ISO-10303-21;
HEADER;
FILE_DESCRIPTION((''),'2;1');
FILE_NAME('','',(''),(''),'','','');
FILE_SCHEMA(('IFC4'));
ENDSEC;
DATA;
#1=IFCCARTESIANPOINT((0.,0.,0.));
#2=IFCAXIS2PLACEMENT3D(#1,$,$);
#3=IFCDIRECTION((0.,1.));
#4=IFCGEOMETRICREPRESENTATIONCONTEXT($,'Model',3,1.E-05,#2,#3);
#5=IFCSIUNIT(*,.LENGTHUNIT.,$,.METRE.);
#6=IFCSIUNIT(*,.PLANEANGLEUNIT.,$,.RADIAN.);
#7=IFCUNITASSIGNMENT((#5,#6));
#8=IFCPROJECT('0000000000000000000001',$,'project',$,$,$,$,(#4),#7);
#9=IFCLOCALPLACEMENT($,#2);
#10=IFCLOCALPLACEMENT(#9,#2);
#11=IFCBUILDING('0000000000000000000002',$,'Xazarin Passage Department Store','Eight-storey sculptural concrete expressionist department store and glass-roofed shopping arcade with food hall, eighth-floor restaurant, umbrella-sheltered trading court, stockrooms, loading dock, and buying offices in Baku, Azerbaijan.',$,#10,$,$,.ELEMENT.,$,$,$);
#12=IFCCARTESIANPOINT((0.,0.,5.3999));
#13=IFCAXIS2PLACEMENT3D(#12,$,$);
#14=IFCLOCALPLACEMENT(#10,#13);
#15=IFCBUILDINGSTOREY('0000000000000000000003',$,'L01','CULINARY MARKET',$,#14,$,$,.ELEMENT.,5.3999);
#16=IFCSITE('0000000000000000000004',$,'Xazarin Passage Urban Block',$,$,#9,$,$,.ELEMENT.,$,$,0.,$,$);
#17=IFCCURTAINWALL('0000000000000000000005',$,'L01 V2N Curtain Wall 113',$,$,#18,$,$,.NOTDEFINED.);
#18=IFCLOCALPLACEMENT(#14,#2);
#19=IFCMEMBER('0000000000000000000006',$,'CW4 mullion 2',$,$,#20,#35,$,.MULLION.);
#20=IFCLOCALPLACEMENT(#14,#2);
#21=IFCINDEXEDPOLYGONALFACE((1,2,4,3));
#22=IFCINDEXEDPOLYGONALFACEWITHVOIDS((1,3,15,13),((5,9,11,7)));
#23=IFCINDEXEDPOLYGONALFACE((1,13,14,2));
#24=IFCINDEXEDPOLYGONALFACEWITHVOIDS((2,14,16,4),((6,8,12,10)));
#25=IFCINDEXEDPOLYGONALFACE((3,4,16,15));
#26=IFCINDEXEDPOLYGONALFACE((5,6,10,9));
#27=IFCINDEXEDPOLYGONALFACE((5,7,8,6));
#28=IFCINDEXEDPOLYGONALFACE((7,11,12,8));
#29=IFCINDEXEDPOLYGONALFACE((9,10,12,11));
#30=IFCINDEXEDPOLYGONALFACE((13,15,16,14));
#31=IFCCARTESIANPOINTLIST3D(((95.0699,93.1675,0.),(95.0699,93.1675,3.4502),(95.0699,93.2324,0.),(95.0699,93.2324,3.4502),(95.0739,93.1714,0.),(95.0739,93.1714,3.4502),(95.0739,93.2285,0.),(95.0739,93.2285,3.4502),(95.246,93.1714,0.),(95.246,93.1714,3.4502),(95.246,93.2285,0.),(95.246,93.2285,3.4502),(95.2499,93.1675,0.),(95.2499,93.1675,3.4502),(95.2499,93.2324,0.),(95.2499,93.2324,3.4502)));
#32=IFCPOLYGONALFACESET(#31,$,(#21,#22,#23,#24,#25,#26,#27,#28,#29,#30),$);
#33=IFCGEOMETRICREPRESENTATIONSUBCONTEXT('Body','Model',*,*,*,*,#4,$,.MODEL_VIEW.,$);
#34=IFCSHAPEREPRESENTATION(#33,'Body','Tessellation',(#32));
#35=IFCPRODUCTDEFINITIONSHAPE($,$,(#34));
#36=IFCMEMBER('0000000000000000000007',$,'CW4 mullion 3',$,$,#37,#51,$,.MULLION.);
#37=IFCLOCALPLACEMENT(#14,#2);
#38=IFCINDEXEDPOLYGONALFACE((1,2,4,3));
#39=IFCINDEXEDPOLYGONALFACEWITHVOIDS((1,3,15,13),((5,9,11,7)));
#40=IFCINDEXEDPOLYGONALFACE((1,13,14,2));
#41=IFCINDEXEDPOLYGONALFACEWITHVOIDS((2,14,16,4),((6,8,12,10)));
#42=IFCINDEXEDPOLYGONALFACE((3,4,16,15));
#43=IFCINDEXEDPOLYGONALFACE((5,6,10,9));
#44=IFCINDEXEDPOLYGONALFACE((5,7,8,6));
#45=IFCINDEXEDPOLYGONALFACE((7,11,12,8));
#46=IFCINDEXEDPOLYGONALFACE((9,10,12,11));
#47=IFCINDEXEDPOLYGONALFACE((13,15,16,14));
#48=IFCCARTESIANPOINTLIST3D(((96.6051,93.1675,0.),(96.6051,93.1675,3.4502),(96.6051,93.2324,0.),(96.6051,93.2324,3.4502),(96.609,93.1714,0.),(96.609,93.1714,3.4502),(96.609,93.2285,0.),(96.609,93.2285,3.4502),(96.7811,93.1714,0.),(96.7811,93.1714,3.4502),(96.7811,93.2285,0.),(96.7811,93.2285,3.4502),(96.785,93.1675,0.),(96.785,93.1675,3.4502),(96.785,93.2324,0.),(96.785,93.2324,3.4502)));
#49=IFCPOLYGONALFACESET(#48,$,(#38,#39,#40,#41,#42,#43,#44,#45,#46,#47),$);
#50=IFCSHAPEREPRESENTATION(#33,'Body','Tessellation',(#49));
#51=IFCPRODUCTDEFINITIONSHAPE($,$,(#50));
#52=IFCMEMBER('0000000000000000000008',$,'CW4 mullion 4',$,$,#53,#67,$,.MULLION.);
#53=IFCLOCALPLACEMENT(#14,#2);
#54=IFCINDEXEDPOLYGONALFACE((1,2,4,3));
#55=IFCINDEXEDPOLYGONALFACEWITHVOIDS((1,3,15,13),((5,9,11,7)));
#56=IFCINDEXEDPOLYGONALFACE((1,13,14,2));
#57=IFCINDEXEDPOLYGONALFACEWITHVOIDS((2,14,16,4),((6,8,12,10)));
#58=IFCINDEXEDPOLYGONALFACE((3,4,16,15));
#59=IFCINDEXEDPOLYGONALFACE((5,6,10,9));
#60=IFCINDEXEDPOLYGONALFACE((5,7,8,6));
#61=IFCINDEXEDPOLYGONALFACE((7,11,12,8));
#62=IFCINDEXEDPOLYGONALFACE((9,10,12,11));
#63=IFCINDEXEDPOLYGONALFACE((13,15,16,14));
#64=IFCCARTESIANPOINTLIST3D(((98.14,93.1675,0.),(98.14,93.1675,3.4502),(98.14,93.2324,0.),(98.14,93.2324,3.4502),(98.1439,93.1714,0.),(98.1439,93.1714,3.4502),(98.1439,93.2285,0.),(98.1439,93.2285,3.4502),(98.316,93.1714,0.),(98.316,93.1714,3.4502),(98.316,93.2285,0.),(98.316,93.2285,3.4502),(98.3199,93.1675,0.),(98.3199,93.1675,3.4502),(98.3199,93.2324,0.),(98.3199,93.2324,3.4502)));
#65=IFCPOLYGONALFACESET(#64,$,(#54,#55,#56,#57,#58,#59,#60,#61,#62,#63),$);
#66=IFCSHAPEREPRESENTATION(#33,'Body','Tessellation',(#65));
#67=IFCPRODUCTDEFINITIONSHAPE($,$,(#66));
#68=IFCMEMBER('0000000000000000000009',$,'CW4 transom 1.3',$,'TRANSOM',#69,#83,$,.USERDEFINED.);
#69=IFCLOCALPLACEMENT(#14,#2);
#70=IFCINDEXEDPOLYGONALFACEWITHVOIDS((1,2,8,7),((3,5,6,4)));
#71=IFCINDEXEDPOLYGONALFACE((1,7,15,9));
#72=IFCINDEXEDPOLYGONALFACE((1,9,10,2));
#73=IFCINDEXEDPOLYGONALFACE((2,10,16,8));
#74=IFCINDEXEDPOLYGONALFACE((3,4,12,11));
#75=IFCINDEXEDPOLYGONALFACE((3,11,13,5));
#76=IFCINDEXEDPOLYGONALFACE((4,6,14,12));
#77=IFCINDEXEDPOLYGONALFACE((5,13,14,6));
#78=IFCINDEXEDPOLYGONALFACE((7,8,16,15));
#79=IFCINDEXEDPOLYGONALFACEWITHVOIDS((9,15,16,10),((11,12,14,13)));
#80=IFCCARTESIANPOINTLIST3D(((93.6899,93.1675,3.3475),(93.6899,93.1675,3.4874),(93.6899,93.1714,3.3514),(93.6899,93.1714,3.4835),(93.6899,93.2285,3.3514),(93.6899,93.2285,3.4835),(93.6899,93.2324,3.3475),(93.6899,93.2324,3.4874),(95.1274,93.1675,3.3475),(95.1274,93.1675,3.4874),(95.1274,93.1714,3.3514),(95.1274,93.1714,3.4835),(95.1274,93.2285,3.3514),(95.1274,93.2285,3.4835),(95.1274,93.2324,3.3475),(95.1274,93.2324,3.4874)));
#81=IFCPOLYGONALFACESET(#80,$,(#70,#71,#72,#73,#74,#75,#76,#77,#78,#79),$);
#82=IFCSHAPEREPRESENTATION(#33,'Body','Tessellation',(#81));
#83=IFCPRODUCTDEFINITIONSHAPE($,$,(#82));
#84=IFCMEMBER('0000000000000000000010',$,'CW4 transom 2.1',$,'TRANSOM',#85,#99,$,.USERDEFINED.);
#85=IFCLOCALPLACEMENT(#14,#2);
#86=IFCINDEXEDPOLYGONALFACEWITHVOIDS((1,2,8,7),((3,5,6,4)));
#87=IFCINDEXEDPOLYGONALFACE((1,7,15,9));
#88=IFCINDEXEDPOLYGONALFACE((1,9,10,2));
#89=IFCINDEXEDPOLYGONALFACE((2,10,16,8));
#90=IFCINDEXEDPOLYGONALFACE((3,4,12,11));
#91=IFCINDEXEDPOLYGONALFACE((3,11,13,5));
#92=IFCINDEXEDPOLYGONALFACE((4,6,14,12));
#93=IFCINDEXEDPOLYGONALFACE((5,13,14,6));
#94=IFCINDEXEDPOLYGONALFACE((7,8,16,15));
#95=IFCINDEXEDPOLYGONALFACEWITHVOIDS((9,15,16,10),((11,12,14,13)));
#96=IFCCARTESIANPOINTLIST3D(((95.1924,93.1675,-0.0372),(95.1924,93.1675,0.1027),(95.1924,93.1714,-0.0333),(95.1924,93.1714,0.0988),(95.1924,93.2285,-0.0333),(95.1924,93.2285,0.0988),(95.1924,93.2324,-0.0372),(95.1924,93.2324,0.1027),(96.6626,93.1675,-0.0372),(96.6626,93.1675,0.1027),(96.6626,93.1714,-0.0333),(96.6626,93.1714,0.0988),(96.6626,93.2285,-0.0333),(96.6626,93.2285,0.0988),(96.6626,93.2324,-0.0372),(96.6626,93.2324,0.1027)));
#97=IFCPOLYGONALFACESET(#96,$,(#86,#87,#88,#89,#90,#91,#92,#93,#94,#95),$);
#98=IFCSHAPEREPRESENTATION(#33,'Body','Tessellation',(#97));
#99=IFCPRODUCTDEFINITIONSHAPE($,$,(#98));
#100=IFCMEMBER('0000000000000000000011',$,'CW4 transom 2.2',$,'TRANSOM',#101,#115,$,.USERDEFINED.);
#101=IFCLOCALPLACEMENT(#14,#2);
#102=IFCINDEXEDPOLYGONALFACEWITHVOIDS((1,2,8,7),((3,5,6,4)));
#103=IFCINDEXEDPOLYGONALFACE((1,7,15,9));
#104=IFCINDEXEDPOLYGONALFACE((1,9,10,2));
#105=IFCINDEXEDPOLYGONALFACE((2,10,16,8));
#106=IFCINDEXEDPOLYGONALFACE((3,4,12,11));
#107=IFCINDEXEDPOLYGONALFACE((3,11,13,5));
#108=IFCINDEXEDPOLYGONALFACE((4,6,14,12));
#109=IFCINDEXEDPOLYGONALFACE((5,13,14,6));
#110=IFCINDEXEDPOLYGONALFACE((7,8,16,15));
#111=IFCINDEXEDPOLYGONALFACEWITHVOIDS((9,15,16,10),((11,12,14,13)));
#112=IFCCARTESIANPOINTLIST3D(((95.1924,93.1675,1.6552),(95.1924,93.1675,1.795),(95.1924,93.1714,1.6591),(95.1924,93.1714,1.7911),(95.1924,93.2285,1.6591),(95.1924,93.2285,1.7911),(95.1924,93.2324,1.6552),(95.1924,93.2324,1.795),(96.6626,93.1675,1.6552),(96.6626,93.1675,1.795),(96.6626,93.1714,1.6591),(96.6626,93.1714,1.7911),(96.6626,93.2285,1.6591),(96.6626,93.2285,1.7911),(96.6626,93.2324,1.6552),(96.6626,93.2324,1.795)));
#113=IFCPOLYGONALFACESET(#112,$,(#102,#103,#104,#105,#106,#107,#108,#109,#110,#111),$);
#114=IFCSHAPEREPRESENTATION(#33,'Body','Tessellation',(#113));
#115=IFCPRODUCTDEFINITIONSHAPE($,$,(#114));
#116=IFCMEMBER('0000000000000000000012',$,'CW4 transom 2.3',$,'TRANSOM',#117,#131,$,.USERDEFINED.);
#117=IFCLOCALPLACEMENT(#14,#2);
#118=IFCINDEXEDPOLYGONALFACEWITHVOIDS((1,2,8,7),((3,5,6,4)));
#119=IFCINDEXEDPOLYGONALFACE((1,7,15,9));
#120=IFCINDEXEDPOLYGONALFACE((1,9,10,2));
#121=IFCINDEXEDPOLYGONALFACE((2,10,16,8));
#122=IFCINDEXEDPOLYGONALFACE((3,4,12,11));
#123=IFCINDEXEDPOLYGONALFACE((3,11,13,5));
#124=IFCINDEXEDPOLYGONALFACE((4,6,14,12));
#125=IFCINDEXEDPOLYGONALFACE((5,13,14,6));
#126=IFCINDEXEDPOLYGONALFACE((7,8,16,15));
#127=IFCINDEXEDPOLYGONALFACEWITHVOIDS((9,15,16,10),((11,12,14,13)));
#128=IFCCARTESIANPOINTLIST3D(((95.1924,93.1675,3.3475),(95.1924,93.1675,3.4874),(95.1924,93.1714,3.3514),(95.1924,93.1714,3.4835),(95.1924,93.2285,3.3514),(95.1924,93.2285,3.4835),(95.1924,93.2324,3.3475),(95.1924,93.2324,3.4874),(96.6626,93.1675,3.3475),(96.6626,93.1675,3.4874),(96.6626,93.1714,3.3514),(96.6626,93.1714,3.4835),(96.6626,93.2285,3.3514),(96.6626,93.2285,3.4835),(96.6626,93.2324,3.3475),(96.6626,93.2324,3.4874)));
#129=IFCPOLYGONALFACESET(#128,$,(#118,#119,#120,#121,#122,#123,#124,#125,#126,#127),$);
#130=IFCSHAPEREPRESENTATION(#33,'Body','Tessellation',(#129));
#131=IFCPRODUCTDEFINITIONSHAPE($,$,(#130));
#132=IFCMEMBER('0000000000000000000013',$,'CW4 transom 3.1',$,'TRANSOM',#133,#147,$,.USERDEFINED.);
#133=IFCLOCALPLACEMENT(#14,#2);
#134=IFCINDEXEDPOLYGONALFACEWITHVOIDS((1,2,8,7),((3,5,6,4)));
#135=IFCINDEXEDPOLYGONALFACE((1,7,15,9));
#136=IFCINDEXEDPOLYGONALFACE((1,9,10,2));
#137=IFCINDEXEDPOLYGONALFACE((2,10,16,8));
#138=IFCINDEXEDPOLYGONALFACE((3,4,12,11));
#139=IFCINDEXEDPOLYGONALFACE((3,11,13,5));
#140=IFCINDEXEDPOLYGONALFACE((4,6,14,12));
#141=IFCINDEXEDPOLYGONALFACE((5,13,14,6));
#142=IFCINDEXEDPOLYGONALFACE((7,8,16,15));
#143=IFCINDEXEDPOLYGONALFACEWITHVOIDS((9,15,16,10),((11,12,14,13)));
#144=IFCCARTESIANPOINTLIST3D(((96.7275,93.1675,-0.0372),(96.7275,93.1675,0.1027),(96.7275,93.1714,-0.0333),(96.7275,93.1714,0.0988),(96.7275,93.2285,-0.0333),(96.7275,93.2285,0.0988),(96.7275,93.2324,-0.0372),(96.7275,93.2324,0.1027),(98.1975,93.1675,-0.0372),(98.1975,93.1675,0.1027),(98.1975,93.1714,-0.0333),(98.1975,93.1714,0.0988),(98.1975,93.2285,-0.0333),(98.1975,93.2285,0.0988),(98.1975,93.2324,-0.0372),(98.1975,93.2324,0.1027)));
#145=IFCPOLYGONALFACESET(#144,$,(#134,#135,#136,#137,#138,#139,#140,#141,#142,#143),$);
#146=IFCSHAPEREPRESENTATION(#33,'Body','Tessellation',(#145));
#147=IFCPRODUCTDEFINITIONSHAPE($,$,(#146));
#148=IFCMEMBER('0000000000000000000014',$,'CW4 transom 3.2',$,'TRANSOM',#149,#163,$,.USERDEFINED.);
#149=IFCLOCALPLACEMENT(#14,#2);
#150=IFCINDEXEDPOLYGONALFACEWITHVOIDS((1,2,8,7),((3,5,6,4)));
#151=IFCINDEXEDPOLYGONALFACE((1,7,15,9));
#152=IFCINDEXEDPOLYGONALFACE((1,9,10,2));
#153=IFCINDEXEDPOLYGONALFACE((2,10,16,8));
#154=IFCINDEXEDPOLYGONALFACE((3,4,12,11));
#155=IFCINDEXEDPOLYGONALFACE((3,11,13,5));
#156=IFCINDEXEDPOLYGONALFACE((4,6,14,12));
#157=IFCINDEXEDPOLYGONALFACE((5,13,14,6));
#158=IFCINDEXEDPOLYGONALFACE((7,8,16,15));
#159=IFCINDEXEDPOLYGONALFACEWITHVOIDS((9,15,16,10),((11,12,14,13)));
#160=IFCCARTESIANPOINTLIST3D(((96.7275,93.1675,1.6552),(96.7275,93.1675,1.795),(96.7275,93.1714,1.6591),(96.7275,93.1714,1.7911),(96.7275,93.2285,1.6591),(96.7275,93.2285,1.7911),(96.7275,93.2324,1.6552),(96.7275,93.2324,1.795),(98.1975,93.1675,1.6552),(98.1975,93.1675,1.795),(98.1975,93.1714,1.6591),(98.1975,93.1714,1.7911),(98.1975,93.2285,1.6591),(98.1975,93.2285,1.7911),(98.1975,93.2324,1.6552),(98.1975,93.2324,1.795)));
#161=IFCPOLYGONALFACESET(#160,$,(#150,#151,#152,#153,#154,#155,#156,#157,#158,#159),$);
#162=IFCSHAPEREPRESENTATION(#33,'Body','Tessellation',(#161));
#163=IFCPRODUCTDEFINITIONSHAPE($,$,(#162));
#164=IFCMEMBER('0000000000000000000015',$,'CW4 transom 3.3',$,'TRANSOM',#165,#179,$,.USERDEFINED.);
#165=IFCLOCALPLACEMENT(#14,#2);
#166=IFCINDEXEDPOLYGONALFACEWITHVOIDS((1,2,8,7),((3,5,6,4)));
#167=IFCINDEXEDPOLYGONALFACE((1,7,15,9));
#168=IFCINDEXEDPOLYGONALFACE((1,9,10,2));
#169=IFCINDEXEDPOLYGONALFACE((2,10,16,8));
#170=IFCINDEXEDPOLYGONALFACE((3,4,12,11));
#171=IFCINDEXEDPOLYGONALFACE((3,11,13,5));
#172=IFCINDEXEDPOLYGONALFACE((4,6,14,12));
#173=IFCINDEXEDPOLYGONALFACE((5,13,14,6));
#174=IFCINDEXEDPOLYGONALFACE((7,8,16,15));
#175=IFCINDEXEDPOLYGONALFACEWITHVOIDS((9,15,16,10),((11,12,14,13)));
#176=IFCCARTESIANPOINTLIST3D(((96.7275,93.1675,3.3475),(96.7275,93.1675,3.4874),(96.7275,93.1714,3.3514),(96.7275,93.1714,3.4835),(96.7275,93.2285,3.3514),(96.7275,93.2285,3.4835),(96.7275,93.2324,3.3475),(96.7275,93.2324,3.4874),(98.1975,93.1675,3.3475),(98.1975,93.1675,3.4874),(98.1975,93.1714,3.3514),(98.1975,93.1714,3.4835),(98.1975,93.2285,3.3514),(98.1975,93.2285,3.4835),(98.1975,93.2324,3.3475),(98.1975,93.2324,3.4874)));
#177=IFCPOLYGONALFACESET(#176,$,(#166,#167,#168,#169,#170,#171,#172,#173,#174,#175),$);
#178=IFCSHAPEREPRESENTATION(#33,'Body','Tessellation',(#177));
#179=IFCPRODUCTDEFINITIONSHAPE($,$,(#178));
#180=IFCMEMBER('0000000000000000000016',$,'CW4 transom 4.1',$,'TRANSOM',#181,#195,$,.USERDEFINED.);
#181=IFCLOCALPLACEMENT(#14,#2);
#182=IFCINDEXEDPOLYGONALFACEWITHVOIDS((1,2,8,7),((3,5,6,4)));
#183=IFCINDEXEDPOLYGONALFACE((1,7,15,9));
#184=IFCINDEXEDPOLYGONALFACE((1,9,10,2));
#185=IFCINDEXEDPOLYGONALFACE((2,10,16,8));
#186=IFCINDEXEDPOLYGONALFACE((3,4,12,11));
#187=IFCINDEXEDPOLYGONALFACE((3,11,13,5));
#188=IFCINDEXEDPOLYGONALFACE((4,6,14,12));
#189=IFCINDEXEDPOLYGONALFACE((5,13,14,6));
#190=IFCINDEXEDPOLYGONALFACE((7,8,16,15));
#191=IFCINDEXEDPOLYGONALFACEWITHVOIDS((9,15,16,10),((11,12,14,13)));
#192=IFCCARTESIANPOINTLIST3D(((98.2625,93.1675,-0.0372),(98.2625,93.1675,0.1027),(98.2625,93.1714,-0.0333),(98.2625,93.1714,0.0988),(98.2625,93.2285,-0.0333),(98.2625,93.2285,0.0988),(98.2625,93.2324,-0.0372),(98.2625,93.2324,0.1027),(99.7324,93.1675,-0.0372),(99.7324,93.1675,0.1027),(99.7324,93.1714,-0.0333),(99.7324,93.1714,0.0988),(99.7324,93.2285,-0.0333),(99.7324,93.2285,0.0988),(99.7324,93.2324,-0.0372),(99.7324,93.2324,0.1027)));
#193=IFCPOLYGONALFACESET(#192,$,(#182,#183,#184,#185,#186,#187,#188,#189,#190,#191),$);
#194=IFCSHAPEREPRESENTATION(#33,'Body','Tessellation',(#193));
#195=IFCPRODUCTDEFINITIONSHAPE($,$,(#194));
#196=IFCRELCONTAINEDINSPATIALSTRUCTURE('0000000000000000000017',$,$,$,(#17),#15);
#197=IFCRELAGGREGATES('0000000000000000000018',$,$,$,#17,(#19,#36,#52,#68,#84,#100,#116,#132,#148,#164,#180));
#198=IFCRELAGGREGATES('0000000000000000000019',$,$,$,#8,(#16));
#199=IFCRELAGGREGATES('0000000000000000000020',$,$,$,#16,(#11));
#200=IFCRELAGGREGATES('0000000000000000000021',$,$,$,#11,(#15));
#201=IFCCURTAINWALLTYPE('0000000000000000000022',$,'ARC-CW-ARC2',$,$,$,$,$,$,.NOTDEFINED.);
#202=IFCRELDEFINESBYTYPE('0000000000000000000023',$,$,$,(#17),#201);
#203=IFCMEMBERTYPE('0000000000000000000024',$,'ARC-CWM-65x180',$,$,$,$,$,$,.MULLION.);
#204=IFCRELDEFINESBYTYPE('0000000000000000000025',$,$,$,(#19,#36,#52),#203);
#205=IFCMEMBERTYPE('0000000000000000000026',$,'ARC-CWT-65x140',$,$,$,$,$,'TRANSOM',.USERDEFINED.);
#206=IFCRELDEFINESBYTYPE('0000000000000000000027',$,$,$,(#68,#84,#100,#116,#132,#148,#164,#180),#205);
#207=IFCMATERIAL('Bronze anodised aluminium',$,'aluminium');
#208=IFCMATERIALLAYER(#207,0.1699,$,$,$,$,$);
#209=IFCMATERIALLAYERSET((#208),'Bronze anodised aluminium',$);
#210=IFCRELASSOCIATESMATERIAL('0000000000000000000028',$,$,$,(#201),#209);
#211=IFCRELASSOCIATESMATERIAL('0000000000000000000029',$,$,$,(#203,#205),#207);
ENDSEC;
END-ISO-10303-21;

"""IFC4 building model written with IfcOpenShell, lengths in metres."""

from ifc_helpers import new_model, si_unit, direction, frame, origin, origin_2d, place, context, subcontext, project, spatial, hollow_rectangle, extrude, material, layer, layer_set, material_profile, profile_set, type_object, element, aggregate, save


model = new_model("IFC4")

# Units and contexts
model_context = context("Model", 3, precision=1e-05, world=origin(), true_north=direction((0.0, 1.0)))
body_context = subcontext(model_context, "Body", "Model", "MODEL_VIEW")
ifc_project = project(units=[si_unit("LENGTHUNIT", "METRE"), si_unit("PLANEANGLEUNIT", "RADIAN")], contexts=[model_context])

# Site, building, storey
site_placement = place(None, origin())
site = spatial("IfcSite", under=ifc_project, at=site_placement, Name="Xazarin Passage Urban Block", CompositionType="ELEMENT", RefElevation=0.0)
building_placement = place(site_placement, origin())
building = spatial("IfcBuilding", under=site, at=building_placement, Name="Xazarin Passage Department Store", Description="Eight-storey sculptural concrete expressionist department store and glass-roofed shopping arcade with food hall, eighth-floor restaurant, umbrella-sheltered trading court, stockrooms, loading dock, and buying offices in Baku, Azerbaijan.", CompositionType="ELEMENT")
storey_placement = place(building_placement, frame((0.0, 0.0, 5.3999)))
storey = spatial("IfcBuildingStorey", under=building, at=storey_placement, Name="L01", Description="CULINARY MARKET", CompositionType="ELEMENT", Elevation=5.3999)

# Curtain wall, members
ifc_material_1 = material(Name="Bronze anodised aluminium", Category="aluminium")
ifc_layer_1 = layer(ifc_material_1, 0.1699)
ifc_layer_set_1 = layer_set([ifc_layer_1], Name="Bronze anodised aluminium")
curtain_wall_type = type_object("IfcCurtainWallType", Name="ARC-CW-ARC2", PredefinedType="NOTDEFINED", material=ifc_layer_set_1)
curtain_wall_placement = place(storey_placement, origin())
curtain_wall = element("IfcCurtainWall", 1, at=curtain_wall_placement, inside=storey, type_object=curtain_wall_type, Name="L01 V2N Curtain Wall 113", PredefinedType="NOTDEFINED")
ifc_material_profile_1 = material_profile(ifc_material_1, hollow_rectangle(XDim=0.0649, YDim=0.1799, WallThickness=0.0039, at=origin_2d()), Name="ALU 65x180")
ifc_profile_set_1 = profile_set([ifc_material_profile_1], Name="Bronze anodised aluminium")
member_type_1 = type_object("IfcMemberType", Name="ARC-CWM-65x180", PredefinedType="MULLION", material=ifc_profile_set_1)
member_1_placement = place(storey_placement, frame((95.1599, 93.2, 0.0), z_axis=(0.0, 0.0, 1.0), x_axis=(0.0, 1.0, 0.0)))
member_1 = element("IfcMember", 2, at=member_1_placement, type_object=member_type_1, Name="CW4 mullion 2", PredefinedType="MULLION", context=body_context, shape_type="SweptSolid", body=[
    extrude(hollow_rectangle(XDim=0.0649, YDim=0.1799, WallThickness=0.0039, at=origin_2d()), origin(), (0.0, 0.0, 1.0), 3.4502),
])
member_2_placement = place(storey_placement, frame((96.6951, 93.2, 0.0), z_axis=(0.0, 0.0, 1.0), x_axis=(0.0, 1.0, 0.0)))
member_2 = element("IfcMember", 3, at=member_2_placement, type_object=member_type_1, Name="CW4 mullion 3", PredefinedType="MULLION", context=body_context, shape_type="SweptSolid", body=[
    extrude(hollow_rectangle(XDim=0.0649, YDim=0.1799, WallThickness=0.0039, at=origin_2d()), origin(), (0.0, 0.0, 1.0), 3.4502),
])
member_3_placement = place(storey_placement, frame((98.23, 93.2, 0.0), z_axis=(0.0, 0.0, 1.0), x_axis=(0.0, 1.0, 0.0)))
member_3 = element("IfcMember", 4, at=member_3_placement, type_object=member_type_1, Name="CW4 mullion 4", PredefinedType="MULLION", context=body_context, shape_type="SweptSolid", body=[
    extrude(hollow_rectangle(XDim=0.0649, YDim=0.1799, WallThickness=0.0039, at=origin_2d()), origin(), (0.0, 0.0, 1.0), 3.4502),
])
ifc_material_profile_2 = material_profile(ifc_material_1, hollow_rectangle(XDim=0.0649, YDim=0.1399, WallThickness=0.0039, at=origin_2d()), Name="ALU 65x140")
ifc_profile_set_2 = profile_set([ifc_material_profile_2], Name="Bronze anodised aluminium")
member_type_2 = type_object("IfcMemberType", Name="ARC-CWT-65x140", ElementType="TRANSOM", PredefinedType="USERDEFINED", material=ifc_profile_set_2)
member_4_placement = place(storey_placement, frame((93.6899, 93.2, 3.4175), z_axis=(1.0, 0.0, 0.0), x_axis=(0.0, 1.0, 0.0)))
member_4 = element("IfcMember", 5, at=member_4_placement, type_object=member_type_2, Name="CW4 transom 1.3", ObjectType="TRANSOM", PredefinedType="USERDEFINED", context=body_context, shape_type="SweptSolid", body=[
    extrude(hollow_rectangle(XDim=0.0649, YDim=0.1399, WallThickness=0.0039, at=origin_2d()), origin(), (0.0, 0.0, 1.0), 1.4375),
])
member_5_placement = place(storey_placement, frame((95.1924, 93.2, 0.0327), z_axis=(1.0, 0.0, 0.0), x_axis=(0.0, 1.0, 0.0)))
member_5 = element("IfcMember", 6, at=member_5_placement, type_object=member_type_2, Name="CW4 transom 2.1", ObjectType="TRANSOM", PredefinedType="USERDEFINED", context=body_context, shape_type="SweptSolid", body=[
    extrude(hollow_rectangle(XDim=0.0649, YDim=0.1399, WallThickness=0.0039, at=origin_2d()), origin(), (0.0, 0.0, 1.0), 1.4702),
])
member_6_placement = place(storey_placement, frame((95.1924, 93.2, 1.7251), z_axis=(1.0, 0.0, 0.0), x_axis=(0.0, 1.0, 0.0)))
member_6 = element("IfcMember", 7, at=member_6_placement, type_object=member_type_2, Name="CW4 transom 2.2", ObjectType="TRANSOM", PredefinedType="USERDEFINED", context=body_context, shape_type="SweptSolid", body=[
    extrude(hollow_rectangle(XDim=0.0649, YDim=0.1399, WallThickness=0.0039, at=origin_2d()), origin(), (0.0, 0.0, 1.0), 1.4702),
])
member_7_placement = place(storey_placement, frame((95.1924, 93.2, 3.4175), z_axis=(1.0, 0.0, 0.0), x_axis=(0.0, 1.0, 0.0)))
member_7 = element("IfcMember", 8, at=member_7_placement, type_object=member_type_2, Name="CW4 transom 2.3", ObjectType="TRANSOM", PredefinedType="USERDEFINED", context=body_context, shape_type="SweptSolid", body=[
    extrude(hollow_rectangle(XDim=0.0649, YDim=0.1399, WallThickness=0.0039, at=origin_2d()), origin(), (0.0, 0.0, 1.0), 1.4702),
])
member_8_placement = place(storey_placement, frame((96.7275, 93.2, 0.0327), z_axis=(1.0, 0.0, 0.0), x_axis=(0.0, 1.0, 0.0)))
member_8 = element("IfcMember", 9, at=member_8_placement, type_object=member_type_2, Name="CW4 transom 3.1", ObjectType="TRANSOM", PredefinedType="USERDEFINED", context=body_context, shape_type="SweptSolid", body=[
    extrude(hollow_rectangle(XDim=0.0649, YDim=0.1399, WallThickness=0.0039, at=origin_2d()), origin(), (0.0, 0.0, 1.0), 1.47),
])
member_9_placement = place(storey_placement, frame((96.7275, 93.2, 1.7251), z_axis=(1.0, 0.0, 0.0), x_axis=(0.0, 1.0, 0.0)))
member_9 = element("IfcMember", 10, at=member_9_placement, type_object=member_type_2, Name="CW4 transom 3.2", ObjectType="TRANSOM", PredefinedType="USERDEFINED", context=body_context, shape_type="SweptSolid", body=[
    extrude(hollow_rectangle(XDim=0.0649, YDim=0.1399, WallThickness=0.0039, at=origin_2d()), origin(), (0.0, 0.0, 1.0), 1.47),
])
member_10_placement = place(storey_placement, frame((96.7275, 93.2, 3.4175), z_axis=(1.0, 0.0, 0.0), x_axis=(0.0, 1.0, 0.0)))
member_10 = element("IfcMember", 11, at=member_10_placement, type_object=member_type_2, Name="CW4 transom 3.3", ObjectType="TRANSOM", PredefinedType="USERDEFINED", context=body_context, shape_type="SweptSolid", body=[
    extrude(hollow_rectangle(XDim=0.0649, YDim=0.1399, WallThickness=0.0039, at=origin_2d()), origin(), (0.0, 0.0, 1.0), 1.47),
])
member_11_placement = place(storey_placement, frame((98.2625, 93.2, 0.0327), z_axis=(1.0, 0.0, 0.0), x_axis=(0.0, 1.0, 0.0)))
member_11 = element("IfcMember", 12, at=member_11_placement, type_object=member_type_2, Name="CW4 transom 4.1", ObjectType="TRANSOM", PredefinedType="USERDEFINED", context=body_context, shape_type="SweptSolid", body=[
    extrude(hollow_rectangle(XDim=0.0649, YDim=0.1399, WallThickness=0.0039, at=origin_2d()), origin(), (0.0, 0.0, 1.0), 1.47),
])
aggregate(curtain_wall, [member_1, member_2, member_3, member_4, member_5, member_6, member_7, member_8, member_9, member_10, member_11])

save(model, "model.ifc")
